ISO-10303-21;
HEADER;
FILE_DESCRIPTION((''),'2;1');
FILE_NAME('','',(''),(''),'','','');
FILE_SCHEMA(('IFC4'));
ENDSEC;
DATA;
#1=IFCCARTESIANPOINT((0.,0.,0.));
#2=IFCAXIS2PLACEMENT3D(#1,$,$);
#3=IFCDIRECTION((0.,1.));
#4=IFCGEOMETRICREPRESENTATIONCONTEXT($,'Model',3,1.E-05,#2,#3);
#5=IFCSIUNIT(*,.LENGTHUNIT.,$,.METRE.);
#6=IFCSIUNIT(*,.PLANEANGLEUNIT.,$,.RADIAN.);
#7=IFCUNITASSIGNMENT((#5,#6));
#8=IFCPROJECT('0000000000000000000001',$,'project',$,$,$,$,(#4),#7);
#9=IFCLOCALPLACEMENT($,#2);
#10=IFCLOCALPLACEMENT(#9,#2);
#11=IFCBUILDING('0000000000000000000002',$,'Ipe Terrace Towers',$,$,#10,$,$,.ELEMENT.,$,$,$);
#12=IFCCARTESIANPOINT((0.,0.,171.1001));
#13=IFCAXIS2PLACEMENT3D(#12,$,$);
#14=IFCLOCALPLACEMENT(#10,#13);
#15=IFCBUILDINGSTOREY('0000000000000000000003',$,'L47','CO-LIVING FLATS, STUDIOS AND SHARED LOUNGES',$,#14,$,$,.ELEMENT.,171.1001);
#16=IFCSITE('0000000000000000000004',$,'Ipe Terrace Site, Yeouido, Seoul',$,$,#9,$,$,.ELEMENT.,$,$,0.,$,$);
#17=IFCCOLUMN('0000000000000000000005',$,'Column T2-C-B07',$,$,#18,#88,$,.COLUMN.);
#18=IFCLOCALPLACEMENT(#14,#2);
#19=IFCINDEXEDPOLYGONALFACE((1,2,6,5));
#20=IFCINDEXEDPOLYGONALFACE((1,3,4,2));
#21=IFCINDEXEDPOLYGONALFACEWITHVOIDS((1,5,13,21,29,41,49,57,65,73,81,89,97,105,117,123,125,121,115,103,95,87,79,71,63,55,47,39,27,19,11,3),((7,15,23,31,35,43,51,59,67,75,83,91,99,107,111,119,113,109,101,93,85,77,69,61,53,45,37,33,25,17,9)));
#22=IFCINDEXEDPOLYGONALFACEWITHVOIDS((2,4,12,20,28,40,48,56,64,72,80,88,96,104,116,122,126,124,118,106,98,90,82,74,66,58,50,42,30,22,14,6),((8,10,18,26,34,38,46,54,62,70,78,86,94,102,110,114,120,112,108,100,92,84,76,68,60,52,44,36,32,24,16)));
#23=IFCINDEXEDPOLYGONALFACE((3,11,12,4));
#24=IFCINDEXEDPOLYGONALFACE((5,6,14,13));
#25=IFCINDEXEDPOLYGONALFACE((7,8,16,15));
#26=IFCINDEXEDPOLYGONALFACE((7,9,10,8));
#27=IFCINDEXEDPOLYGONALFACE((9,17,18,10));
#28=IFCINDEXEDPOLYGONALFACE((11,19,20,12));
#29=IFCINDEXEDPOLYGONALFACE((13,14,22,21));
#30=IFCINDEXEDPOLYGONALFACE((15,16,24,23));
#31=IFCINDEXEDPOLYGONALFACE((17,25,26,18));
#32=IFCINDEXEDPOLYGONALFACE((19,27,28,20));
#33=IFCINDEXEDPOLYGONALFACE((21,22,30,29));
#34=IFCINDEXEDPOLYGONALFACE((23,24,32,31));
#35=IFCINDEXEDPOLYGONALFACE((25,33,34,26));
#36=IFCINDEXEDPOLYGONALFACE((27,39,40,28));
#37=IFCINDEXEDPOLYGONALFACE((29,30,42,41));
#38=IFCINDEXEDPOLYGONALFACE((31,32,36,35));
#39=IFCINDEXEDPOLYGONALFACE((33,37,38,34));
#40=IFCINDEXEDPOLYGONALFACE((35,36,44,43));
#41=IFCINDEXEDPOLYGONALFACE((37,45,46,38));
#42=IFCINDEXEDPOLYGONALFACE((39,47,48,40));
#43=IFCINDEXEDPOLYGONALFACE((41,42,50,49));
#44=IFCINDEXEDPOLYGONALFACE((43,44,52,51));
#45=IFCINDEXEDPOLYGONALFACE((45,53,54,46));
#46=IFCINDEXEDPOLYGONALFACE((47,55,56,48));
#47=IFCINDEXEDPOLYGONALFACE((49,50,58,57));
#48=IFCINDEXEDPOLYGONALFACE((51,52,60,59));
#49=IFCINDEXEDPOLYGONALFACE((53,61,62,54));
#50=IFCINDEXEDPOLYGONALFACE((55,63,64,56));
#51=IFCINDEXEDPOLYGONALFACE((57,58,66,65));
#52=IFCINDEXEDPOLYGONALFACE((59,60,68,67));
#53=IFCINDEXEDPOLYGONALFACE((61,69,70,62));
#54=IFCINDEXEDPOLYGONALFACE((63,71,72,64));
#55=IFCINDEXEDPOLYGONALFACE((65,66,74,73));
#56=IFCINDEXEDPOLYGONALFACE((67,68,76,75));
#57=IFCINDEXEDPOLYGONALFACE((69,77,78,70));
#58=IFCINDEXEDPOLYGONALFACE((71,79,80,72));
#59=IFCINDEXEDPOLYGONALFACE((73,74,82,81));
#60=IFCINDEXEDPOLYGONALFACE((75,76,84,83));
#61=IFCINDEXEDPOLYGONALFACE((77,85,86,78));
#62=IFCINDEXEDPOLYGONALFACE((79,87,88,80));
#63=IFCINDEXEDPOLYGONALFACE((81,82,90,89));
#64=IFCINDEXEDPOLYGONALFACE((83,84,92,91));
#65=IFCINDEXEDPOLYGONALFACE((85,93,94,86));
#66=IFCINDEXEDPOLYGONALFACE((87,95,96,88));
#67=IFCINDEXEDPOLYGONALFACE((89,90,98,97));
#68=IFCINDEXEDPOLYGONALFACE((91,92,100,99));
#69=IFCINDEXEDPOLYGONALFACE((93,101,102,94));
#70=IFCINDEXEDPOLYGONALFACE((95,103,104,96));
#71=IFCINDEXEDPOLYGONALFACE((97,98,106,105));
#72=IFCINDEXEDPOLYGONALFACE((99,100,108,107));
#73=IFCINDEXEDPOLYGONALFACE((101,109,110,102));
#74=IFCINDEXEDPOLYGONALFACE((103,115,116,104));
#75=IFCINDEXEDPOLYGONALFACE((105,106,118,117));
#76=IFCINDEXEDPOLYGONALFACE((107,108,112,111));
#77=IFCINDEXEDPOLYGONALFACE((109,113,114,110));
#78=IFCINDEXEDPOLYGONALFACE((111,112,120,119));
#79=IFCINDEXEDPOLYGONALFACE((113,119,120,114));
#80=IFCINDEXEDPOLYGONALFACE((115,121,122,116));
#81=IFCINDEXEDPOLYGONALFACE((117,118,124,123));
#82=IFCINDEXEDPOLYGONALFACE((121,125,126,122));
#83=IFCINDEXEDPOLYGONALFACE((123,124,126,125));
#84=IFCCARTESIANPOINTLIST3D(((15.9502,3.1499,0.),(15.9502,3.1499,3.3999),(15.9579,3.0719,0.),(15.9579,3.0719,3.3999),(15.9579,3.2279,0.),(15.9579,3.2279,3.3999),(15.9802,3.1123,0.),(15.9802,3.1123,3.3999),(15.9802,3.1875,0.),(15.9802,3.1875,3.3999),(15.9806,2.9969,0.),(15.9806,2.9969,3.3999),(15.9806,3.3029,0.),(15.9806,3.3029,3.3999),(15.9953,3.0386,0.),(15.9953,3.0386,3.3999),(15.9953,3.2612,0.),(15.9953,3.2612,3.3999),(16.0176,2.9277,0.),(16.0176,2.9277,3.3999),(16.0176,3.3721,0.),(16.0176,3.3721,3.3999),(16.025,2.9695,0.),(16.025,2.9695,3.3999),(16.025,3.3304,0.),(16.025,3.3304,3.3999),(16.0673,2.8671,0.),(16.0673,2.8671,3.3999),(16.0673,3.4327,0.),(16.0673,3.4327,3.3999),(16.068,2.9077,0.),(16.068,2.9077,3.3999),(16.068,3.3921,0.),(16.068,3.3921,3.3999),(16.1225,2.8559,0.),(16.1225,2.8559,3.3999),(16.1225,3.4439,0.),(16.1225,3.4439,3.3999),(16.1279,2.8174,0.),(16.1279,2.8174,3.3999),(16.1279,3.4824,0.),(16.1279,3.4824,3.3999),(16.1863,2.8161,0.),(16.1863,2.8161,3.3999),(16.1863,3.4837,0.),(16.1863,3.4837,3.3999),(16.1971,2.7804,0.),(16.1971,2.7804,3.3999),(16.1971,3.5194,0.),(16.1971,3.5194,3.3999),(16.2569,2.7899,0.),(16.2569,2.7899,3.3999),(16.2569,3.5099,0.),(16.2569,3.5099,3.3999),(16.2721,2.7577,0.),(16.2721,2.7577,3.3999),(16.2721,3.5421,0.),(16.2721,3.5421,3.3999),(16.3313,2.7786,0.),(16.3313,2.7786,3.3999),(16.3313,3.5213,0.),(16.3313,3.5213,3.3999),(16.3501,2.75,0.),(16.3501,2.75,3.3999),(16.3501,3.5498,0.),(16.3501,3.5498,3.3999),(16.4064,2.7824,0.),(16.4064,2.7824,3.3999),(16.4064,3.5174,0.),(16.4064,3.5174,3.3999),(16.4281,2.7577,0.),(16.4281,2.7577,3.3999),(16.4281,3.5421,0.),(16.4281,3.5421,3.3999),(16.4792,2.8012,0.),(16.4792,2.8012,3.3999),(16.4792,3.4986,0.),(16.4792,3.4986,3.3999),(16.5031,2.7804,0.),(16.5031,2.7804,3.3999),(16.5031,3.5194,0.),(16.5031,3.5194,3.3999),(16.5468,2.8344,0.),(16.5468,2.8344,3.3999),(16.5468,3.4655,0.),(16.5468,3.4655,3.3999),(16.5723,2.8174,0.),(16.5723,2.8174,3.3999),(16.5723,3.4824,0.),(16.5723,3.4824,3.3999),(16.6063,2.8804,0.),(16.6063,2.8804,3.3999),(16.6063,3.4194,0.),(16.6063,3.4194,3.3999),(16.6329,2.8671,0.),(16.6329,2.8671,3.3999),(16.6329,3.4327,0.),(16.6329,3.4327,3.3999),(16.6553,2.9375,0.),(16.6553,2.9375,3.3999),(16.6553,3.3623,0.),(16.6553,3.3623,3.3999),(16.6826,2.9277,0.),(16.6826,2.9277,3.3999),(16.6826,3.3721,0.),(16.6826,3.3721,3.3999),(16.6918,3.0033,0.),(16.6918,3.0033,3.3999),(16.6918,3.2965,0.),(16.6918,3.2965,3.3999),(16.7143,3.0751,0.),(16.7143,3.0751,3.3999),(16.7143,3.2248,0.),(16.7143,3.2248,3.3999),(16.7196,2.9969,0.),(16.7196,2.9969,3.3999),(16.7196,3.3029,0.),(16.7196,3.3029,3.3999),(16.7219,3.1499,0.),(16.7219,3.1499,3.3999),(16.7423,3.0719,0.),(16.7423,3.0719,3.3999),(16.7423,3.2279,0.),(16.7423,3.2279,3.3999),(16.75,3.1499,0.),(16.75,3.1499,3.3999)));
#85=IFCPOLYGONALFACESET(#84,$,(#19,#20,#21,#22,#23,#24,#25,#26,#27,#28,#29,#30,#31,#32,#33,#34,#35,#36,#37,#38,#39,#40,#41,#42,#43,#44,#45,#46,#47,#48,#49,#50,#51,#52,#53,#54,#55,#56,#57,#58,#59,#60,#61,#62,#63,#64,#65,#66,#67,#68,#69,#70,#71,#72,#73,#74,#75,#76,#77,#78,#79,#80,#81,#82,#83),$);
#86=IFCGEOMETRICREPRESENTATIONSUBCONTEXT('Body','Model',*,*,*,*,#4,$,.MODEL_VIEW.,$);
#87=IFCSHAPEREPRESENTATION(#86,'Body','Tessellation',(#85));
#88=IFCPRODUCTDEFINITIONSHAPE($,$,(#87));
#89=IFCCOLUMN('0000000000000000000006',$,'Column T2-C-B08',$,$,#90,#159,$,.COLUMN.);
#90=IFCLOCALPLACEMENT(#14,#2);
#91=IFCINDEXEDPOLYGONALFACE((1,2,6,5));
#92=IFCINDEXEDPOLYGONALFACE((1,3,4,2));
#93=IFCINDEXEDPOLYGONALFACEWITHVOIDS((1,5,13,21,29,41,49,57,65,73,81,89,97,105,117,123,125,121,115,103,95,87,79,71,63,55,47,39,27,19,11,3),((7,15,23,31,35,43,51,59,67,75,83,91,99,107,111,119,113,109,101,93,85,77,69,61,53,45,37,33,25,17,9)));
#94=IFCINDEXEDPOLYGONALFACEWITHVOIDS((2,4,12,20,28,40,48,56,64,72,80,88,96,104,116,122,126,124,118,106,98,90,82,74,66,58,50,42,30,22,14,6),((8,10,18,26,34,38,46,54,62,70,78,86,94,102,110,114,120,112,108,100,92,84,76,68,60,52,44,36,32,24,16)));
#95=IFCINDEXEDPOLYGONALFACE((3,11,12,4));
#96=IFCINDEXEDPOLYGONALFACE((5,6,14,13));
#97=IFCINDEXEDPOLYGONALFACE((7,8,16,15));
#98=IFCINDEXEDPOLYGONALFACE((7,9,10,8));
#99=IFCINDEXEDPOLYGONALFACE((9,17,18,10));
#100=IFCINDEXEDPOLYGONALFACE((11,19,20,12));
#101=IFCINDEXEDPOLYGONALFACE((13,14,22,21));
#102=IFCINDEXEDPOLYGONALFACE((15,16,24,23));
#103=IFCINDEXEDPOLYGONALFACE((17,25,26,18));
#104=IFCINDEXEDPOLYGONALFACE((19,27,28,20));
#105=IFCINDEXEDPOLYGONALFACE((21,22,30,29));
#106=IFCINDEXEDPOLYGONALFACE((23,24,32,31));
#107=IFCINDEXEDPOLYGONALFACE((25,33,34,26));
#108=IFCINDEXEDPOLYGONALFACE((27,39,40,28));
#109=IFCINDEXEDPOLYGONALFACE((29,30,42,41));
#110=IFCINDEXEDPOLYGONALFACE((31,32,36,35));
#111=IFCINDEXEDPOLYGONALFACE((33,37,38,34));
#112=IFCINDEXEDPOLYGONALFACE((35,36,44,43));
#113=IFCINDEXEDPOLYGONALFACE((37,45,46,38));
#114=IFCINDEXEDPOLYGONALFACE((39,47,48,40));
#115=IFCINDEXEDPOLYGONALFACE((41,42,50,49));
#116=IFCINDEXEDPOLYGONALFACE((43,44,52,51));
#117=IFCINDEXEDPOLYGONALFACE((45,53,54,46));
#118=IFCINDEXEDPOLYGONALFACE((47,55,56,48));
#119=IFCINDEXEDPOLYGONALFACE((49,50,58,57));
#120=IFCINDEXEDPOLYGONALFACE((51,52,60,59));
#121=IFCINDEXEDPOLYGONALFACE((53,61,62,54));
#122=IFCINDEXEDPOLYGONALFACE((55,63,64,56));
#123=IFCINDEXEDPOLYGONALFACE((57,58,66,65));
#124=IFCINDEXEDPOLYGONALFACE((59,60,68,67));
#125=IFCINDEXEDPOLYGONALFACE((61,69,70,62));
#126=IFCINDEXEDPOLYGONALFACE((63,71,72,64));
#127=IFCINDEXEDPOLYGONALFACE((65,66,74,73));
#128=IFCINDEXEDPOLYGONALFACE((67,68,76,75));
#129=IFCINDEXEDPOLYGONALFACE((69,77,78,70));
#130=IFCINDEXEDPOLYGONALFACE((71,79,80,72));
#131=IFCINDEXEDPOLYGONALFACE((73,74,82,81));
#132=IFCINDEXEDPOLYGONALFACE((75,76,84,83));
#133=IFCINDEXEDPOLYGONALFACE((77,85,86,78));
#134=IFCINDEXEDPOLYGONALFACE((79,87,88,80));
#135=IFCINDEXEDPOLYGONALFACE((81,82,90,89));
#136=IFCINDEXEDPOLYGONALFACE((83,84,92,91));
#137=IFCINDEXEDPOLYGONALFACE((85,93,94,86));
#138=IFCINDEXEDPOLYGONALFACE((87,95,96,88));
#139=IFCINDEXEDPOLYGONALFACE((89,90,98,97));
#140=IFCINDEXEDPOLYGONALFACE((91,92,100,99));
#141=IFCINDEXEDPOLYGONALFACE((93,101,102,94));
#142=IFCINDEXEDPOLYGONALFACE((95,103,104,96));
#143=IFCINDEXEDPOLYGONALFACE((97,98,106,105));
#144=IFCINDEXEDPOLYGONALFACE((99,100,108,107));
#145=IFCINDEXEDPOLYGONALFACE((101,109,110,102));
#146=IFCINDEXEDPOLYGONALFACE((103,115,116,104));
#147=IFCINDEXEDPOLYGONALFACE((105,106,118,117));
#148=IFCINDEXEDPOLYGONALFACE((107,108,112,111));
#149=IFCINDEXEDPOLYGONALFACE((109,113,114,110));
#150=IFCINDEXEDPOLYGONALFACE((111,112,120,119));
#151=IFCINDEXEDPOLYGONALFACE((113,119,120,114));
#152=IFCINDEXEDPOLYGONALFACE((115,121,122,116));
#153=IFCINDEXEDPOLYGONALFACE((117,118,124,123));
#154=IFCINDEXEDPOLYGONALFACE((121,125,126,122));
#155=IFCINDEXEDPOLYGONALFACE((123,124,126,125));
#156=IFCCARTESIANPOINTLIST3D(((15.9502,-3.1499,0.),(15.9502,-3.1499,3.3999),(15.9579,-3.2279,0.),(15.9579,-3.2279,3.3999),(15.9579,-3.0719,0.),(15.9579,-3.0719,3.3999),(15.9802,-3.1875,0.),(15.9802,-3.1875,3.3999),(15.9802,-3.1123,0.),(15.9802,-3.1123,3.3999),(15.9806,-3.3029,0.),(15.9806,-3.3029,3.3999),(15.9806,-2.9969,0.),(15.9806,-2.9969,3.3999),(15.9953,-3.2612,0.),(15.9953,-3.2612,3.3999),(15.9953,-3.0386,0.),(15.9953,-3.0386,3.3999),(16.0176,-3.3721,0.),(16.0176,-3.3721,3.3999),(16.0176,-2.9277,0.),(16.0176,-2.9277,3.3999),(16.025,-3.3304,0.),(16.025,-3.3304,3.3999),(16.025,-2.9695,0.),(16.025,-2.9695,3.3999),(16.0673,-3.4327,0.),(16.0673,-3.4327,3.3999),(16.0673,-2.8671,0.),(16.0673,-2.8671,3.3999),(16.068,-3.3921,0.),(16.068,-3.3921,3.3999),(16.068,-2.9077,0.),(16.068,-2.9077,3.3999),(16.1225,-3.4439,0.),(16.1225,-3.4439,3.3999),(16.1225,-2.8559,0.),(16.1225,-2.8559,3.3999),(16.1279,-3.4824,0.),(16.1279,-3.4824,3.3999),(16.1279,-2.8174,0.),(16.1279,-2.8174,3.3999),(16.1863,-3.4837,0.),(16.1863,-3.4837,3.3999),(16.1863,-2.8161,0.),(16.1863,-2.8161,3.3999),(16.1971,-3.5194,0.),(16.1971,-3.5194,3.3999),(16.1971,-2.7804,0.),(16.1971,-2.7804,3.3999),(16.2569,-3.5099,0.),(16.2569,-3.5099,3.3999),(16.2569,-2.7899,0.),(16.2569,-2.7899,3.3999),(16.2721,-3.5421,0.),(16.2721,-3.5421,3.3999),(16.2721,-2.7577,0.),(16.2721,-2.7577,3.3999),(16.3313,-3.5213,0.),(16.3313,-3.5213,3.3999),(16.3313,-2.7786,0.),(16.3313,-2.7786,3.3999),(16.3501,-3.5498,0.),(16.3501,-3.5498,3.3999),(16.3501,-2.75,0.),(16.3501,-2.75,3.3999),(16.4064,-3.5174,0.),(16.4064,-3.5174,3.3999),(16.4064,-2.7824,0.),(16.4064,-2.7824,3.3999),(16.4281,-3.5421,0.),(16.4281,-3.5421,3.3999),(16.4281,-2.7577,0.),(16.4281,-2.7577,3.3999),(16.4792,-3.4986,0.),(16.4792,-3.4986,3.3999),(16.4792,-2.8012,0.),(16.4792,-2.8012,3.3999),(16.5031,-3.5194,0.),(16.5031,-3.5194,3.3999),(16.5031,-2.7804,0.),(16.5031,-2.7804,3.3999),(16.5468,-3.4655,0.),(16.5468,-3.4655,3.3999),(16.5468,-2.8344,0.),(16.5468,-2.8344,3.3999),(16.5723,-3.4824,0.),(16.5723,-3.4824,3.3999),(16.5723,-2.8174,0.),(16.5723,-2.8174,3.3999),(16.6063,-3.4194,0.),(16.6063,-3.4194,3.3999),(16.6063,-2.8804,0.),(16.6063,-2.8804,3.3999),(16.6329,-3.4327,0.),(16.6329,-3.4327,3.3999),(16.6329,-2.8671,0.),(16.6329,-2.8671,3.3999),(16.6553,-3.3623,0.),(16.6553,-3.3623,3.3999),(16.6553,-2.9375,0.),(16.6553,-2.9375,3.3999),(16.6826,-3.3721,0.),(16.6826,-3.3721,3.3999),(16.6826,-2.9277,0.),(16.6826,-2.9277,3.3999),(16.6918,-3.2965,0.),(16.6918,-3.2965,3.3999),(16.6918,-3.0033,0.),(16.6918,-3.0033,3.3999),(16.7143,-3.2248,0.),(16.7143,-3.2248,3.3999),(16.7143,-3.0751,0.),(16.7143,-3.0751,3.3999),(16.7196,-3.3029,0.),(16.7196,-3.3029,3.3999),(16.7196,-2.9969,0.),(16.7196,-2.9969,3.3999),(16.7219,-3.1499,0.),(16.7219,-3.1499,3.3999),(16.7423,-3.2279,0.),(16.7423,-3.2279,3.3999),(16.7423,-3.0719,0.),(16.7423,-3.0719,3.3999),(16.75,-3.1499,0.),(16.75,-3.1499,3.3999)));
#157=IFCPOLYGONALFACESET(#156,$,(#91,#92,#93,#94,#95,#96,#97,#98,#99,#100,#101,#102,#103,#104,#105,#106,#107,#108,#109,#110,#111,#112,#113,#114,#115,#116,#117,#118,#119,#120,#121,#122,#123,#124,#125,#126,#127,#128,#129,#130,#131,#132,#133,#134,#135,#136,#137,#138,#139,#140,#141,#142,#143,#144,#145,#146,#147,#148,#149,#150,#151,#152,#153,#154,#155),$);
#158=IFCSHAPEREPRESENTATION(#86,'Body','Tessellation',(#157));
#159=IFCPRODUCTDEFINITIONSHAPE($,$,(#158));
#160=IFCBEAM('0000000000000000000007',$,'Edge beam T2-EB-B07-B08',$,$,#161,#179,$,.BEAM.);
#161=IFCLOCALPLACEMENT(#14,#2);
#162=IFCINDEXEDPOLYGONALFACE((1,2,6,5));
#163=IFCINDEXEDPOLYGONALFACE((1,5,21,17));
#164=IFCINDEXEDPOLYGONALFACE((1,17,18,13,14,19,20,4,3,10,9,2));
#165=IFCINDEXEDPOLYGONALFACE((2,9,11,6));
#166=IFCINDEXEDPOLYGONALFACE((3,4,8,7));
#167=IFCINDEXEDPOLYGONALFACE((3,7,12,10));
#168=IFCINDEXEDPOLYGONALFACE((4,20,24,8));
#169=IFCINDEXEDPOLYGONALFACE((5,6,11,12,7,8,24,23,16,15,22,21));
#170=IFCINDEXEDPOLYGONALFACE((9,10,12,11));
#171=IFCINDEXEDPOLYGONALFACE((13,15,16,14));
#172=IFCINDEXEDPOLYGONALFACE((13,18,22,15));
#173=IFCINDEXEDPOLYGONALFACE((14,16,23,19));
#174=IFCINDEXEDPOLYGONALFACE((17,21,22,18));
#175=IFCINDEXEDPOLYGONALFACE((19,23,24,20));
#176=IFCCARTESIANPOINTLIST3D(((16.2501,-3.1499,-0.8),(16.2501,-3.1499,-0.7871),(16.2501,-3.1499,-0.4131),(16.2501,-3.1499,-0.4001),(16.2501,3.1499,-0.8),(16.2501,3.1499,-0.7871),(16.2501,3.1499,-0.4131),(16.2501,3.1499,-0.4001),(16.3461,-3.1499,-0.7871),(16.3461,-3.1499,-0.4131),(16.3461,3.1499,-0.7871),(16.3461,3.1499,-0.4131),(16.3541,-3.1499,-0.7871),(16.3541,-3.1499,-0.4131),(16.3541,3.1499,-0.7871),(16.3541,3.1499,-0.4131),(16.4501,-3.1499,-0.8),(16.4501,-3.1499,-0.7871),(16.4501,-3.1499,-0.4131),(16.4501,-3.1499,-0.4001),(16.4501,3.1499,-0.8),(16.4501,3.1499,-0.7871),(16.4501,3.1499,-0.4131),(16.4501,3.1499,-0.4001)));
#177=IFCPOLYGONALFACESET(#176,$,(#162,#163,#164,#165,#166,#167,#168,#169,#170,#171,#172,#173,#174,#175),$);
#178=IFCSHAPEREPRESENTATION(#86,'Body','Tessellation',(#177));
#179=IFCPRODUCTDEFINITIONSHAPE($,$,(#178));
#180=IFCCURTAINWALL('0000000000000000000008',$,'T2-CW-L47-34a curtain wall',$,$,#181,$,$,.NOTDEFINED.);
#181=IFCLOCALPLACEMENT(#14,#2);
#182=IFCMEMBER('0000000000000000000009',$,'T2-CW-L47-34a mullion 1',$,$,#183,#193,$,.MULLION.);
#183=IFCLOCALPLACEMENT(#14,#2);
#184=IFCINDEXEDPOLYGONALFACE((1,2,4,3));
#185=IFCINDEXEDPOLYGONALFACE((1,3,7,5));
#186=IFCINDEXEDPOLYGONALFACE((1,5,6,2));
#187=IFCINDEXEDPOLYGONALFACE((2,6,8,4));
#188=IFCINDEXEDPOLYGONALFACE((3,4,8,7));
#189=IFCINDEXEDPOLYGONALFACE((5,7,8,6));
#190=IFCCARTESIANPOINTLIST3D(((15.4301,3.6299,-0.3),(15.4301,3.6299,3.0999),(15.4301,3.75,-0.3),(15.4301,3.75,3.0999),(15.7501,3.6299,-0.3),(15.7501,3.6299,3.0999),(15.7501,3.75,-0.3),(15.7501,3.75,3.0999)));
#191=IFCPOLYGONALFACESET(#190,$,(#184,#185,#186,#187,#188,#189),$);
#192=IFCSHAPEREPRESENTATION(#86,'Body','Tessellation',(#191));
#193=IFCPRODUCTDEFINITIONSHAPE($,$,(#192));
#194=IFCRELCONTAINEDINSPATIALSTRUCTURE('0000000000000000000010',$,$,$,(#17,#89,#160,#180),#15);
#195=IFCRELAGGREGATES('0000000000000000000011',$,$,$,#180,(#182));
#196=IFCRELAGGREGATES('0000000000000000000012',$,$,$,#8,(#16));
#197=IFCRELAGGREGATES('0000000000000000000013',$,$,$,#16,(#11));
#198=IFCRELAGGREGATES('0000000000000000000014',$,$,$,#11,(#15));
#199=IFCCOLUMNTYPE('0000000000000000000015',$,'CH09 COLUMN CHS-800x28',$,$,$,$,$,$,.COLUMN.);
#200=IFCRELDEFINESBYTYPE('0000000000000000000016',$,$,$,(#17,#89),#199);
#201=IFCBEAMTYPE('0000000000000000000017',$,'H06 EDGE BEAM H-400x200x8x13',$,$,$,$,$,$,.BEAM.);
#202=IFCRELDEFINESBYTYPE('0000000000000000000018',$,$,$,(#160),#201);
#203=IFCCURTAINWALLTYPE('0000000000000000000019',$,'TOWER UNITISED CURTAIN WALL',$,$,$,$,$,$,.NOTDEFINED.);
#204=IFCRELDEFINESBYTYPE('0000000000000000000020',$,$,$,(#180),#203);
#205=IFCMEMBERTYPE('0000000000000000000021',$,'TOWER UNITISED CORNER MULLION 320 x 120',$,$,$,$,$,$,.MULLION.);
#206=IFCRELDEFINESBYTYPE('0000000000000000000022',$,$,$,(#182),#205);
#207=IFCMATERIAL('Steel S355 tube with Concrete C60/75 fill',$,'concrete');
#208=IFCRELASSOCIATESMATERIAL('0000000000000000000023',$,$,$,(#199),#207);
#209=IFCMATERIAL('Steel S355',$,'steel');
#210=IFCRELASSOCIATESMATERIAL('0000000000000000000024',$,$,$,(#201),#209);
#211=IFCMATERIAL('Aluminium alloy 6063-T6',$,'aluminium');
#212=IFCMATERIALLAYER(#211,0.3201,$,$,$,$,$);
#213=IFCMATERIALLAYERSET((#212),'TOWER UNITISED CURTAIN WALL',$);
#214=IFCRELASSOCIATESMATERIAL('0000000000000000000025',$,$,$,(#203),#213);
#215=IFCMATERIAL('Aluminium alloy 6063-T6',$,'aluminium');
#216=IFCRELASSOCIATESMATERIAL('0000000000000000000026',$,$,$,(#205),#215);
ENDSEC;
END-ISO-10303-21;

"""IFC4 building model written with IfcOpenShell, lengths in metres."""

from ifc_helpers import new_model, si_unit, direction, frame, origin, origin_2d, place, context, subcontext, project, spatial, rectangle, hollow_circle, i_section, extrude, material, layer, layer_set, material_profile, profile_set, type_object, element, aggregate, save


model = new_model("IFC4")

# Units and contexts
model_context = context("Model", 3, precision=1e-05, world=origin(), true_north=direction((0.0, 1.0)))
body_context = subcontext(model_context, "Body", "Model", "MODEL_VIEW")
ifc_project = project(units=[si_unit("LENGTHUNIT", "METRE"), si_unit("PLANEANGLEUNIT", "RADIAN")], contexts=[model_context])

# Site, building, storey
site_placement = place(None, origin())
site = spatial("IfcSite", under=ifc_project, at=site_placement, Name="Ipe Terrace Site, Yeouido, Seoul", CompositionType="ELEMENT", RefElevation=0.0)
building_placement = place(site_placement, origin())
building = spatial("IfcBuilding", under=site, at=building_placement, Name="Ipe Terrace Towers", CompositionType="ELEMENT")
storey_placement = place(building_placement, frame((0.0, 0.0, 171.1001)))
storey = spatial("IfcBuildingStorey", under=building, at=storey_placement, Name="L47", Description="CO-LIVING FLATS, STUDIOS AND SHARED LOUNGES", CompositionType="ELEMENT", Elevation=171.1001)

# Columns
ifc_material_1 = material(Name="Steel S355 tube with Concrete C60/75 fill", Category="concrete")
ifc_material_profile_1 = material_profile(ifc_material_1, hollow_circle(Radius=0.3999, WallThickness=0.0281, at=origin_2d()), Name="CHS-800x28")
ifc_profile_set_1 = profile_set([ifc_material_profile_1], Name="Steel S355 tube with Concrete C60/75 fill")
column_type = type_object("IfcColumnType", Name="CH09 COLUMN CHS-800x28", PredefinedType="COLUMN", material=ifc_profile_set_1)
for number, where, z_axis, x_axis, name in (
    (1, (16.3501, 3.1499, 0.0), (0.0, 0.0, 1.0), (1.0, 0.0, 0.0), "Column T2-C-B07"),
    (2, (16.3501, -3.1499, 0.0), (0.0, 0.0, 1.0), (1.0, 0.0, 0.0), "Column T2-C-B08"),
):
    element("IfcColumn", number, at=place(storey_placement, frame(where, z_axis=z_axis, x_axis=x_axis)), inside=storey, type_object=column_type, Name=name, PredefinedType="COLUMN", context=body_context, shape_type="SweptSolid", body=[
        extrude(hollow_circle(Radius=0.3999, WallThickness=0.0281, at=origin_2d()), origin(), (0.0, 0.0, 1.0), 3.3999),
    ])

# Beam
ifc_material_2 = material(Name="Steel S355", Category="steel")
ifc_material_profile_2 = material_profile(ifc_material_2, i_section(OverallWidth=0.2, OverallDepth=0.3999, WebThickness=0.0081, FlangeThickness=0.0129, at=origin_2d()), Name="H-400x200x8x13")
ifc_profile_set_2 = profile_set([ifc_material_profile_2], Name="Steel S355")
beam_type = type_object("IfcBeamType", Name="H06 EDGE BEAM H-400x200x8x13", PredefinedType="BEAM", material=ifc_profile_set_2)
beam_placement = place(storey_placement, frame((16.3501, 3.1499, -0.6001), z_axis=(0.0, -1.0, 0.0), x_axis=(1.0, 0.0, 0.0)))
element("IfcBeam", 3, at=beam_placement, inside=storey, type_object=beam_type, Name="Edge beam T2-EB-B07-B08", PredefinedType="BEAM", context=body_context, shape_type="SweptSolid", body=[
    extrude(i_section(OverallWidth=0.2, OverallDepth=0.3999, WebThickness=0.0081, FlangeThickness=0.0129, at=origin_2d()), origin(), (0.0, 0.0, 1.0), 6.2998),
])

# Curtain wall, member
ifc_material_3 = material(Name="Aluminium alloy 6063-T6", Category="aluminium")
ifc_layer_1 = layer(ifc_material_3, 0.3201)
ifc_layer_set_1 = layer_set([ifc_layer_1], Name="TOWER UNITISED CURTAIN WALL")
curtain_wall_type = type_object("IfcCurtainWallType", Name="TOWER UNITISED CURTAIN WALL", PredefinedType="NOTDEFINED", material=ifc_layer_set_1)
curtain_wall_placement = place(storey_placement, origin())
curtain_wall = element("IfcCurtainWall", 4, at=curtain_wall_placement, inside=storey, type_object=curtain_wall_type, Name="T2-CW-L47-34a curtain wall", PredefinedType="NOTDEFINED")
ifc_material_4 = material(Name="Aluminium alloy 6063-T6", Category="aluminium")
ifc_material_profile_3 = material_profile(ifc_material_4, rectangle(XDim=0.3201, YDim=0.1201, at=origin_2d()), Name="TOWER UNITISED CORNER MULLION 320 x 120")
ifc_profile_set_3 = profile_set([ifc_material_profile_3], Name="Aluminium alloy 6063-T6")
member_type_1 = type_object("IfcMemberType", Name="TOWER UNITISED CORNER MULLION 320 x 120", PredefinedType="MULLION", material=ifc_profile_set_3)
member_1_placement = place(storey_placement, frame((15.5901, 3.6899, -0.3), z_axis=(0.0, 0.0, 1.0), x_axis=(-1.0, 0.0, 0.0)))
member_1 = element("IfcMember", 5, at=member_1_placement, type_object=member_type_1, Name="T2-CW-L47-34a mullion 1", PredefinedType="MULLION", context=body_context, shape_type="SweptSolid", body=[
    extrude(rectangle(XDim=0.3201, YDim=0.1201, at=origin_2d()), origin(), (0.0, 0.0, 1.0), 3.3999),
])
aggregate(curtain_wall, [member_1])

save(model, "model.ifc")
